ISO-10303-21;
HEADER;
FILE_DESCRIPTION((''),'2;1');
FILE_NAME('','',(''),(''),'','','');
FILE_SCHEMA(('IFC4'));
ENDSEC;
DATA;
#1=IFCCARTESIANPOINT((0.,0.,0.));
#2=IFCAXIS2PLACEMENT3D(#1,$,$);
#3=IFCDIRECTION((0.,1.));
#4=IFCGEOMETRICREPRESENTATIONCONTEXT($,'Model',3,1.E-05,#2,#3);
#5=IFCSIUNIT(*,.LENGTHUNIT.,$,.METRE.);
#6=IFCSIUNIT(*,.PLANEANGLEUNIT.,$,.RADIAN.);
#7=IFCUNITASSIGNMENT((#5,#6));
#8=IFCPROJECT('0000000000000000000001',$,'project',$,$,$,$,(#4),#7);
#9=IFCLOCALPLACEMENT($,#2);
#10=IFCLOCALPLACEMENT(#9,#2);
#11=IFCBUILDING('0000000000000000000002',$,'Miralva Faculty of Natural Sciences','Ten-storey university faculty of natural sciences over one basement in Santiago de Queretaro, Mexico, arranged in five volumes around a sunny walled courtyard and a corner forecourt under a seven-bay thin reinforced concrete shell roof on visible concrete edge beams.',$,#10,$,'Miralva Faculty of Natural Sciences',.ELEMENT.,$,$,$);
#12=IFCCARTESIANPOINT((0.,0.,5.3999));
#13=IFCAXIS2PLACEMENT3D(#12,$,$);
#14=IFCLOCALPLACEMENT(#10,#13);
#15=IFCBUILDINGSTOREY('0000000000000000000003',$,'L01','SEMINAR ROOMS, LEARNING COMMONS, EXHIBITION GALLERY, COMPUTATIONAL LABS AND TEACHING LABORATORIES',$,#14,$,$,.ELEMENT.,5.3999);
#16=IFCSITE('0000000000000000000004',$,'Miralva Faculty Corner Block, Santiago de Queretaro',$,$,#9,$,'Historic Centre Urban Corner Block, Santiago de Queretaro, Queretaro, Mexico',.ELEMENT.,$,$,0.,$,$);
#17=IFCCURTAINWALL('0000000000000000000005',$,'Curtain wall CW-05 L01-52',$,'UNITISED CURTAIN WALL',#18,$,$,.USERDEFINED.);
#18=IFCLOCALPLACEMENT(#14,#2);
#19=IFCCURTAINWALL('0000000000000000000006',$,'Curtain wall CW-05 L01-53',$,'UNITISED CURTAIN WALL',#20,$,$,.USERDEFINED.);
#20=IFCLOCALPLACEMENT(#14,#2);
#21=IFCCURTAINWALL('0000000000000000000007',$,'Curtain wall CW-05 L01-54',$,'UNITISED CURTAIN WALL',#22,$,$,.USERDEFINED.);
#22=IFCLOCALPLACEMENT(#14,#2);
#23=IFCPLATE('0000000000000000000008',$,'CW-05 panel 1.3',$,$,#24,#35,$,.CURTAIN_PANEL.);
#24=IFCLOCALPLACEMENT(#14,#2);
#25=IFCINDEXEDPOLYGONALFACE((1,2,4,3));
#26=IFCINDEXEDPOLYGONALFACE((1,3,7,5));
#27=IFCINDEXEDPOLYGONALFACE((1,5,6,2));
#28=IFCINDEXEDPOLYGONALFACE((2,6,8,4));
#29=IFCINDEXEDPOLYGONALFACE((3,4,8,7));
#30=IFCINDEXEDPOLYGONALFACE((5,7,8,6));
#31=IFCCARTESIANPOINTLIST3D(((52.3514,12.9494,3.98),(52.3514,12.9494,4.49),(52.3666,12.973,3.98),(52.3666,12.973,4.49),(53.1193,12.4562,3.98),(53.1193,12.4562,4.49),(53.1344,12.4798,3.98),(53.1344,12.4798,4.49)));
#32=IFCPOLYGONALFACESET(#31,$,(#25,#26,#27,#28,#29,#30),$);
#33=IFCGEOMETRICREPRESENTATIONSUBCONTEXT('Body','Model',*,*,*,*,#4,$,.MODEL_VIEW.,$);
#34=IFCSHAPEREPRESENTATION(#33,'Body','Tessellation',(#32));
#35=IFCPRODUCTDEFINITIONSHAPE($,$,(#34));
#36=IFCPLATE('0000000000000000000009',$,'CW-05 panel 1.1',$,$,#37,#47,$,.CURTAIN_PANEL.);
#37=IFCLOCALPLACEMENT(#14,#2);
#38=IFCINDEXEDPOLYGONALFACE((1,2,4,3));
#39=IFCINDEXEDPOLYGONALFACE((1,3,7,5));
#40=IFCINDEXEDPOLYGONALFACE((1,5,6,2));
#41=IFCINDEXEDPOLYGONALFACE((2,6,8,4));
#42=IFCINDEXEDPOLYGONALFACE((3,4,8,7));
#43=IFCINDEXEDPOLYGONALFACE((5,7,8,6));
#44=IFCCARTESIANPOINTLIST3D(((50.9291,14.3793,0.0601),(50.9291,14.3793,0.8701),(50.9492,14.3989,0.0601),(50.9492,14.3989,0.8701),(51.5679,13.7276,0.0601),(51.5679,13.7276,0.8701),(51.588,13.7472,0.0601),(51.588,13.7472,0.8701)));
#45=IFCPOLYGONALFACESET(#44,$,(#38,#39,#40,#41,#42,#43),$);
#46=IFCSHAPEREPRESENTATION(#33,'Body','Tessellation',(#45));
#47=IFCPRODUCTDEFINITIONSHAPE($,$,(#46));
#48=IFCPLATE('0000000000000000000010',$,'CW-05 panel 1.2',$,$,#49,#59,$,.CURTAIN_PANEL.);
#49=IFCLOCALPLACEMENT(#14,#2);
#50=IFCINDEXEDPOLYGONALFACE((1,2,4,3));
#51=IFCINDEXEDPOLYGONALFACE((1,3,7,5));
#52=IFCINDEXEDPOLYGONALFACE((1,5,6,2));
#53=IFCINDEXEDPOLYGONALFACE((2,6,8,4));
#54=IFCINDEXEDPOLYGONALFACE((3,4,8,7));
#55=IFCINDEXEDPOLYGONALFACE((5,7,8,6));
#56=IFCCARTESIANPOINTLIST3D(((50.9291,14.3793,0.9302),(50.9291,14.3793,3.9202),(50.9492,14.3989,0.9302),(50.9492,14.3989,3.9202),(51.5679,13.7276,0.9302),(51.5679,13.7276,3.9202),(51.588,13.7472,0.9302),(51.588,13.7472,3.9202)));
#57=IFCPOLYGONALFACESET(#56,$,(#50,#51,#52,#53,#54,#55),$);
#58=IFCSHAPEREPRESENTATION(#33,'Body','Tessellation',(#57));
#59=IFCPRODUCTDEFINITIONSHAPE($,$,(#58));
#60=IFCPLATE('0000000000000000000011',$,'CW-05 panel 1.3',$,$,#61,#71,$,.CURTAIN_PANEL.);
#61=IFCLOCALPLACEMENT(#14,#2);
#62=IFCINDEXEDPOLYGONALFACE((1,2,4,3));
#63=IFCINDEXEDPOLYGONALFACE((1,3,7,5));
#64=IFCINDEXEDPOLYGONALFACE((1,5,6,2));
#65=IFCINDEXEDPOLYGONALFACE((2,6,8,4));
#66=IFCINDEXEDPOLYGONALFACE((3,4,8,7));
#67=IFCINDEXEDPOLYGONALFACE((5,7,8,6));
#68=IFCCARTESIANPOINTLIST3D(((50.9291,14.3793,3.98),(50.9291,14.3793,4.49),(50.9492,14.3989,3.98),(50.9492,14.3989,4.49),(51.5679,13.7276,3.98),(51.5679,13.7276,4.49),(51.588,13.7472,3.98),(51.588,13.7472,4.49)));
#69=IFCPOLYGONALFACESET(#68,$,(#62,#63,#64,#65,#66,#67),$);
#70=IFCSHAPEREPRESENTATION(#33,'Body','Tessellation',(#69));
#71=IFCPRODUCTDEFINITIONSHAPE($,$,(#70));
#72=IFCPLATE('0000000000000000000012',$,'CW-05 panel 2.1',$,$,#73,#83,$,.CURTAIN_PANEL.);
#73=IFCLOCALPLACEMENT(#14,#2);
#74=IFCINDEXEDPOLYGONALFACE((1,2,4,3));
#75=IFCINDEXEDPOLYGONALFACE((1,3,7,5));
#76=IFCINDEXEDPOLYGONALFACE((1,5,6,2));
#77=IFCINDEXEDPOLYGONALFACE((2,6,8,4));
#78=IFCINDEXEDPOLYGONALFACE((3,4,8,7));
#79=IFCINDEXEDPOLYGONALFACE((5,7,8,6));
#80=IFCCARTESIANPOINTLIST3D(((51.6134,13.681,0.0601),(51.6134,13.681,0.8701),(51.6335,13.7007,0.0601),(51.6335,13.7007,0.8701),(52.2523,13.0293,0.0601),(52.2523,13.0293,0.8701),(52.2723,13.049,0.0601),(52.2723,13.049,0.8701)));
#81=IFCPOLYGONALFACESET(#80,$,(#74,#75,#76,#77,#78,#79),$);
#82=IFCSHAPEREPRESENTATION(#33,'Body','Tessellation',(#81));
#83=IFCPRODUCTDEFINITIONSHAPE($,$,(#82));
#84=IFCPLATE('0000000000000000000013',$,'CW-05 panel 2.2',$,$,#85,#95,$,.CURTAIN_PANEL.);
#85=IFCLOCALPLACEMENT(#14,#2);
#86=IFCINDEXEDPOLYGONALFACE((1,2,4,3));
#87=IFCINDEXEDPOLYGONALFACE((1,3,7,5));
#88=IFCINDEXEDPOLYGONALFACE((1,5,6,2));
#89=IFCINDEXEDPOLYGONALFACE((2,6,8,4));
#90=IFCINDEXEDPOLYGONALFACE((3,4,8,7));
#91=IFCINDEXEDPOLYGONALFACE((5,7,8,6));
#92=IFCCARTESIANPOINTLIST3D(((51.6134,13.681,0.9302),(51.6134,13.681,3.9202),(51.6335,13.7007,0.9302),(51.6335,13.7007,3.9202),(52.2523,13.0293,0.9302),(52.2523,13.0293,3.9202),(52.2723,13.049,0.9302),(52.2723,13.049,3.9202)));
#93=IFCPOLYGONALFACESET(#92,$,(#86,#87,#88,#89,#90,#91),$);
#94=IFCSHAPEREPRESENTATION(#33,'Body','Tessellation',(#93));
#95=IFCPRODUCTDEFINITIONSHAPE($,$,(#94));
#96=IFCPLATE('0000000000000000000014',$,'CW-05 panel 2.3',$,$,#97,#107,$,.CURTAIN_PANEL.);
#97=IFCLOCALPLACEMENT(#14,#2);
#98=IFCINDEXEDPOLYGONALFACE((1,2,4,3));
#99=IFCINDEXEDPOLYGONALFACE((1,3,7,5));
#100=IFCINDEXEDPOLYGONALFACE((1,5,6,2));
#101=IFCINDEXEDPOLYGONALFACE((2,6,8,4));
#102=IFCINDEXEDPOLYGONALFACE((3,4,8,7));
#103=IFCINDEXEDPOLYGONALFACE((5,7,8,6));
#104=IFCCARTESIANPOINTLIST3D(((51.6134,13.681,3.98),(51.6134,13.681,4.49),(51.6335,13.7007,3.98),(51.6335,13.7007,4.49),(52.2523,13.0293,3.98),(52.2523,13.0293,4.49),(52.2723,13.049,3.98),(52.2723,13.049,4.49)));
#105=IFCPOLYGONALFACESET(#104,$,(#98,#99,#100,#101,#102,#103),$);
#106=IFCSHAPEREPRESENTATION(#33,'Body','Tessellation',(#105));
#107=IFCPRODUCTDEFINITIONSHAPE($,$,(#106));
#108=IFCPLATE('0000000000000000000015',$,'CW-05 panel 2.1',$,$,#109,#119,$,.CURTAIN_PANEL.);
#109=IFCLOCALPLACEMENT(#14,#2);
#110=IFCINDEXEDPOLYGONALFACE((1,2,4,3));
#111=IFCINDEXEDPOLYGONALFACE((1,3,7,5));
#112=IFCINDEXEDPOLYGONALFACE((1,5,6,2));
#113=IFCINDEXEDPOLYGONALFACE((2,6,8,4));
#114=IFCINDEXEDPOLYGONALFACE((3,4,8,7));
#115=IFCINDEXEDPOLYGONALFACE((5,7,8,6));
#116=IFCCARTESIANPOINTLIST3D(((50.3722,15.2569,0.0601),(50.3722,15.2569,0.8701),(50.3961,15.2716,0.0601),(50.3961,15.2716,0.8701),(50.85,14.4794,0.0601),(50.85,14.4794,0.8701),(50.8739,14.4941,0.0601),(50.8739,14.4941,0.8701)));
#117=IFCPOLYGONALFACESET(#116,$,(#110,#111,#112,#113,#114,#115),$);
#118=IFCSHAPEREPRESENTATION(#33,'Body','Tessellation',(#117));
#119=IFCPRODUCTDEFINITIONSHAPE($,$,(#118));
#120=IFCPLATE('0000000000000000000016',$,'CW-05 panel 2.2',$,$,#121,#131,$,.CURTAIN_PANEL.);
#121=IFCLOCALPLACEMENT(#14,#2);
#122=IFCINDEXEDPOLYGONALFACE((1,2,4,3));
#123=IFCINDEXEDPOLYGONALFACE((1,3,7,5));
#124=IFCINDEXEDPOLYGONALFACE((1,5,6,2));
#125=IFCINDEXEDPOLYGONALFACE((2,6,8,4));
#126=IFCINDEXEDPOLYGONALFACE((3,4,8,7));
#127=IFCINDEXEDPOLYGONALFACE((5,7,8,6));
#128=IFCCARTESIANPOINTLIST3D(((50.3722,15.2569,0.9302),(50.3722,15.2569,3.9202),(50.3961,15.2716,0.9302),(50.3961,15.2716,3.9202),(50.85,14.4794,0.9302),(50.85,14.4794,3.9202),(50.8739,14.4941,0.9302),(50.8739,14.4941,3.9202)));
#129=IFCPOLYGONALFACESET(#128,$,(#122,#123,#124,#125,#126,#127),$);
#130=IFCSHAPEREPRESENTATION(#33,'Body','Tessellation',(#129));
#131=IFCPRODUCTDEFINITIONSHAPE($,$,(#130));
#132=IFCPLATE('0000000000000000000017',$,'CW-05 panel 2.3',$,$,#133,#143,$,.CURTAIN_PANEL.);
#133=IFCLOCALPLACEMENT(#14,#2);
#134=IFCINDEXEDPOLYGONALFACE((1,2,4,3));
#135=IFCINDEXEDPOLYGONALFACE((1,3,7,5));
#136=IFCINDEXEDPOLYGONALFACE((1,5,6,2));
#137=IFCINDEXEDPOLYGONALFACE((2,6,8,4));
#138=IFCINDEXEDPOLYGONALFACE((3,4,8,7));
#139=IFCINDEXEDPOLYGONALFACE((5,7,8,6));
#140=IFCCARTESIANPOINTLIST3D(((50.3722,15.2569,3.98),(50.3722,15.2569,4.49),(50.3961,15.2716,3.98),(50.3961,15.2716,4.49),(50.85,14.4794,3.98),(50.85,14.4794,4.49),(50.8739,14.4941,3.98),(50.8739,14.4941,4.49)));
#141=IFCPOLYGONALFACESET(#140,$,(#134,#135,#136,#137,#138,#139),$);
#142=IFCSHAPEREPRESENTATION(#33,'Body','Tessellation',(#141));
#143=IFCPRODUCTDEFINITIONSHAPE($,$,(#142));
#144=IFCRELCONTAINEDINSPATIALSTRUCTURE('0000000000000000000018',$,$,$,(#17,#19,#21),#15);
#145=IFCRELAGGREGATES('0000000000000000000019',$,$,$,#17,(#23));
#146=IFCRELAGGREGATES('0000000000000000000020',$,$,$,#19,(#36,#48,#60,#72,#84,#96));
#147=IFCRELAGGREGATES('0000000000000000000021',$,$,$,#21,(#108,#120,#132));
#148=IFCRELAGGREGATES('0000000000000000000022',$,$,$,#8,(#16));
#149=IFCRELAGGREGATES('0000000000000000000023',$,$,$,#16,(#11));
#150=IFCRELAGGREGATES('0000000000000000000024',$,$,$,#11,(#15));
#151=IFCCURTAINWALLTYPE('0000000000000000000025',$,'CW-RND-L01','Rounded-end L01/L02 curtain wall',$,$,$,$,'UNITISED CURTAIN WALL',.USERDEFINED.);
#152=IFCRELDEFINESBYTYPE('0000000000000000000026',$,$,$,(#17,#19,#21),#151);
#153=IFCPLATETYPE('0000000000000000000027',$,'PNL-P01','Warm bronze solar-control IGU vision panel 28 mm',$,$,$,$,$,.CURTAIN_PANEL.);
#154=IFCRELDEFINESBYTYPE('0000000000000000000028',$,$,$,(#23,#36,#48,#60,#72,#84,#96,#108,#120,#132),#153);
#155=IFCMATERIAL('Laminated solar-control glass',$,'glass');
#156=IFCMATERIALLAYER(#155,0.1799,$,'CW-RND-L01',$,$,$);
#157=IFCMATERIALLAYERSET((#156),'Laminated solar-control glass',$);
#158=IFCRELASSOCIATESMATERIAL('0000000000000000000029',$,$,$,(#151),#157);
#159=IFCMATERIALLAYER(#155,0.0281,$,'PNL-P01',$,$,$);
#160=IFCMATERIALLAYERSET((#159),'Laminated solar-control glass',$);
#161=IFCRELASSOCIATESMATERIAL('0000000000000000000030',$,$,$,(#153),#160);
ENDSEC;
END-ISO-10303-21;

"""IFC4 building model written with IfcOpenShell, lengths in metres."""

from ifc_helpers import new_model, si_unit, direction, frame, origin, origin_2d, place, context, subcontext, project, spatial, rectangle, extrude, material, layer, layer_set, type_object, element, aggregate, save


model = new_model("IFC4")

# Units and contexts
model_context = context("Model", 3, precision=1e-05, world=origin(), true_north=direction((0.0, 1.0)))
body_context = subcontext(model_context, "Body", "Model", "MODEL_VIEW")
ifc_project = project(units=[si_unit("LENGTHUNIT", "METRE"), si_unit("PLANEANGLEUNIT", "RADIAN")], contexts=[model_context])

# Site, building, storey
site_placement = place(None, origin())
site = spatial("IfcSite", under=ifc_project, at=site_placement, Name="Miralva Faculty Corner Block, Santiago de Queretaro", LongName="Historic Centre Urban Corner Block, Santiago de Queretaro, Queretaro, Mexico", CompositionType="ELEMENT", RefElevation=0.0)
building_placement = place(site_placement, origin())
building = spatial("IfcBuilding", under=site, at=building_placement, Name="Miralva Faculty of Natural Sciences", Description="Ten-storey university faculty of natural sciences over one basement in Santiago de Queretaro, Mexico, arranged in five volumes around a sunny walled courtyard and a corner forecourt under a seven-bay thin reinforced concrete shell roof on visible concrete edge beams.", LongName="Miralva Faculty of Natural Sciences", CompositionType="ELEMENT")
storey_placement = place(building_placement, frame((0.0, 0.0, 5.3999)))
storey = spatial("IfcBuildingStorey", under=building, at=storey_placement, Name="L01", Description="SEMINAR ROOMS, LEARNING COMMONS, EXHIBITION GALLERY, COMPUTATIONAL LABS AND TEACHING LABORATORIES", CompositionType="ELEMENT", Elevation=5.3999)

# Curtain walls
ifc_material_1 = material(Name="Laminated solar-control glass", Category="glass")
ifc_layer_1 = layer(ifc_material_1, 0.1799, Name="CW-RND-L01")
ifc_layer_set_1 = layer_set([ifc_layer_1], Name="Laminated solar-control glass")
curtain_wall_type_1 = type_object("IfcCurtainWallType", Name="CW-RND-L01", Description="Rounded-end L01/L02 curtain wall", ElementType="UNITISED CURTAIN WALL", PredefinedType="USERDEFINED", material=ifc_layer_set_1)
curtain_wall_1_placement = place(storey_placement, origin())
curtain_wall_1 = element("IfcCurtainWall", 1, at=curtain_wall_1_placement, inside=storey, type_object=curtain_wall_type_1, Name="Curtain wall CW-05 L01-52", ObjectType="UNITISED CURTAIN WALL", PredefinedType="USERDEFINED")
curtain_wall_2_placement = place(storey_placement, origin())
curtain_wall_2 = element("IfcCurtainWall", 2, at=curtain_wall_2_placement, inside=storey, type_object=curtain_wall_type_1, Name="Curtain wall CW-05 L01-53", ObjectType="UNITISED CURTAIN WALL", PredefinedType="USERDEFINED")

# Curtain wall
curtain_wall_3_placement = place(storey_placement, origin())
curtain_wall_3 = element("IfcCurtainWall", 3, at=curtain_wall_3_placement, inside=storey, type_object=curtain_wall_type_1, Name="Curtain wall CW-05 L01-54", ObjectType="UNITISED CURTAIN WALL", PredefinedType="USERDEFINED")

# Plates
ifc_layer_2 = layer(ifc_material_1, 0.0281, Name="PNL-P01")
ifc_layer_set_2 = layer_set([ifc_layer_2], Name="Laminated solar-control glass")
plate_type = type_object("IfcPlateType", Name="PNL-P01", Description="Warm bronze solar-control IGU vision panel 28 mm", PredefinedType="CURTAIN_PANEL", material=ifc_layer_set_2)
plate_1_placement = place(storey_placement, frame((52.7429, 12.7146, 3.98), z_axis=(0.0, 0.0, 1.0), x_axis=(0.841379, -0.540445, 0.0)))
plate_1 = element("IfcPlate", 4, at=plate_1_placement, type_object=plate_type, Name="CW-05 panel 1.3", PredefinedType="CURTAIN_PANEL", context=body_context, shape_type="SweptSolid", body=[
    extrude(rectangle(XDim=0.9126, YDim=0.0281, at=origin_2d()), origin(), (0.0, 0.0, 1.0), 0.51),
])
aggregate(curtain_wall_1, [plate_1])
plate_2_placement = place(storey_placement, frame((51.2585, 14.0632, 0.0601), z_axis=(0.0, 0.0, 1.0), x_axis=(0.700018, -0.714125, 0.0)))
plate_2 = element("IfcPlate", 5, at=plate_2_placement, type_object=plate_type, Name="CW-05 panel 1.1", PredefinedType="CURTAIN_PANEL", context=body_context, shape_type="SweptSolid", body=[
    extrude(rectangle(XDim=0.9126, YDim=0.0281, at=origin_2d()), origin(), (0.0, 0.0, 1.0), 0.8101),
])
plate_3_placement = place(storey_placement, frame((51.2585, 14.0632, 0.9302), z_axis=(0.0, 0.0, 1.0), x_axis=(0.700018, -0.714125, 0.0)))
plate_3 = element("IfcPlate", 6, at=plate_3_placement, type_object=plate_type, Name="CW-05 panel 1.2", PredefinedType="CURTAIN_PANEL", context=body_context, shape_type="SweptSolid", body=[
    extrude(rectangle(XDim=0.9126, YDim=0.0281, at=origin_2d()), origin(), (0.0, 0.0, 1.0), 2.99),
])
plate_4_placement = place(storey_placement, frame((51.2585, 14.0632, 3.98), z_axis=(0.0, 0.0, 1.0), x_axis=(0.700018, -0.714125, 0.0)))
plate_4 = element("IfcPlate", 7, at=plate_4_placement, type_object=plate_type, Name="CW-05 panel 1.3", PredefinedType="CURTAIN_PANEL", context=body_context, shape_type="SweptSolid", body=[
    extrude(rectangle(XDim=0.9126, YDim=0.0281, at=origin_2d()), origin(), (0.0, 0.0, 1.0), 0.51),
])
plate_5_placement = place(storey_placement, frame((51.9429, 13.365, 0.0601), z_axis=(0.0, 0.0, 1.0), x_axis=(0.700018, -0.714125, 0.0)))
plate_5 = element("IfcPlate", 8, at=plate_5_placement, type_object=plate_type, Name="CW-05 panel 2.1", PredefinedType="CURTAIN_PANEL", context=body_context, shape_type="SweptSolid", body=[
    extrude(rectangle(XDim=0.9126, YDim=0.0281, at=origin_2d()), origin(), (0.0, 0.0, 1.0), 0.8101),
])
plate_6_placement = place(storey_placement, frame((51.9429, 13.365, 0.9302), z_axis=(0.0, 0.0, 1.0), x_axis=(0.700018, -0.714125, 0.0)))
plate_6 = element("IfcPlate", 9, at=plate_6_placement, type_object=plate_type, Name="CW-05 panel 2.2", PredefinedType="CURTAIN_PANEL", context=body_context, shape_type="SweptSolid", body=[
    extrude(rectangle(XDim=0.9126, YDim=0.0281, at=origin_2d()), origin(), (0.0, 0.0, 1.0), 2.99),
])
plate_7_placement = place(storey_placement, frame((51.9429, 13.365, 3.98), z_axis=(0.0, 0.0, 1.0), x_axis=(0.700018, -0.714125, 0.0)))
plate_7 = element("IfcPlate", 10, at=plate_7_placement, type_object=plate_type, Name="CW-05 panel 2.3", PredefinedType="CURTAIN_PANEL", context=body_context, shape_type="SweptSolid", body=[
    extrude(rectangle(XDim=0.9126, YDim=0.0281, at=origin_2d()), origin(), (0.0, 0.0, 1.0), 0.51),
])
aggregate(curtain_wall_2, [plate_2, plate_3, plate_4, plate_5, plate_6, plate_7])
plate_8_placement = place(storey_placement, frame((50.623, 14.8755, 0.0601), z_axis=(0.0, 0.0, 1.0), x_axis=(0.523551, -0.851995, 0.0)))
plate_8 = element("IfcPlate", 11, at=plate_8_placement, type_object=plate_type, Name="CW-05 panel 2.1", PredefinedType="CURTAIN_PANEL", context=body_context, shape_type="SweptSolid", body=[
    extrude(rectangle(XDim=0.9126, YDim=0.0281, at=origin_2d()), origin(), (0.0, 0.0, 1.0), 0.8101),
])
plate_9_placement = place(storey_placement, frame((50.623, 14.8755, 0.9302), z_axis=(0.0, 0.0, 1.0), x_axis=(0.523551, -0.851995, 0.0)))
plate_9 = element("IfcPlate", 12, at=plate_9_placement, type_object=plate_type, Name="CW-05 panel 2.2", PredefinedType="CURTAIN_PANEL", context=body_context, shape_type="SweptSolid", body=[
    extrude(rectangle(XDim=0.9126, YDim=0.0281, at=origin_2d()), origin(), (0.0, 0.0, 1.0), 2.99),
])
plate_10_placement = place(storey_placement, frame((50.623, 14.8755, 3.98), z_axis=(0.0, 0.0, 1.0), x_axis=(0.523551, -0.851995, 0.0)))
plate_10 = element("IfcPlate", 13, at=plate_10_placement, type_object=plate_type, Name="CW-05 panel 2.3", PredefinedType="CURTAIN_PANEL", context=body_context, shape_type="SweptSolid", body=[
    extrude(rectangle(XDim=0.9126, YDim=0.0281, at=origin_2d()), origin(), (0.0, 0.0, 1.0), 0.51),
])
aggregate(curtain_wall_3, [plate_8, plate_9, plate_10])

save(model, "model.ifc")
